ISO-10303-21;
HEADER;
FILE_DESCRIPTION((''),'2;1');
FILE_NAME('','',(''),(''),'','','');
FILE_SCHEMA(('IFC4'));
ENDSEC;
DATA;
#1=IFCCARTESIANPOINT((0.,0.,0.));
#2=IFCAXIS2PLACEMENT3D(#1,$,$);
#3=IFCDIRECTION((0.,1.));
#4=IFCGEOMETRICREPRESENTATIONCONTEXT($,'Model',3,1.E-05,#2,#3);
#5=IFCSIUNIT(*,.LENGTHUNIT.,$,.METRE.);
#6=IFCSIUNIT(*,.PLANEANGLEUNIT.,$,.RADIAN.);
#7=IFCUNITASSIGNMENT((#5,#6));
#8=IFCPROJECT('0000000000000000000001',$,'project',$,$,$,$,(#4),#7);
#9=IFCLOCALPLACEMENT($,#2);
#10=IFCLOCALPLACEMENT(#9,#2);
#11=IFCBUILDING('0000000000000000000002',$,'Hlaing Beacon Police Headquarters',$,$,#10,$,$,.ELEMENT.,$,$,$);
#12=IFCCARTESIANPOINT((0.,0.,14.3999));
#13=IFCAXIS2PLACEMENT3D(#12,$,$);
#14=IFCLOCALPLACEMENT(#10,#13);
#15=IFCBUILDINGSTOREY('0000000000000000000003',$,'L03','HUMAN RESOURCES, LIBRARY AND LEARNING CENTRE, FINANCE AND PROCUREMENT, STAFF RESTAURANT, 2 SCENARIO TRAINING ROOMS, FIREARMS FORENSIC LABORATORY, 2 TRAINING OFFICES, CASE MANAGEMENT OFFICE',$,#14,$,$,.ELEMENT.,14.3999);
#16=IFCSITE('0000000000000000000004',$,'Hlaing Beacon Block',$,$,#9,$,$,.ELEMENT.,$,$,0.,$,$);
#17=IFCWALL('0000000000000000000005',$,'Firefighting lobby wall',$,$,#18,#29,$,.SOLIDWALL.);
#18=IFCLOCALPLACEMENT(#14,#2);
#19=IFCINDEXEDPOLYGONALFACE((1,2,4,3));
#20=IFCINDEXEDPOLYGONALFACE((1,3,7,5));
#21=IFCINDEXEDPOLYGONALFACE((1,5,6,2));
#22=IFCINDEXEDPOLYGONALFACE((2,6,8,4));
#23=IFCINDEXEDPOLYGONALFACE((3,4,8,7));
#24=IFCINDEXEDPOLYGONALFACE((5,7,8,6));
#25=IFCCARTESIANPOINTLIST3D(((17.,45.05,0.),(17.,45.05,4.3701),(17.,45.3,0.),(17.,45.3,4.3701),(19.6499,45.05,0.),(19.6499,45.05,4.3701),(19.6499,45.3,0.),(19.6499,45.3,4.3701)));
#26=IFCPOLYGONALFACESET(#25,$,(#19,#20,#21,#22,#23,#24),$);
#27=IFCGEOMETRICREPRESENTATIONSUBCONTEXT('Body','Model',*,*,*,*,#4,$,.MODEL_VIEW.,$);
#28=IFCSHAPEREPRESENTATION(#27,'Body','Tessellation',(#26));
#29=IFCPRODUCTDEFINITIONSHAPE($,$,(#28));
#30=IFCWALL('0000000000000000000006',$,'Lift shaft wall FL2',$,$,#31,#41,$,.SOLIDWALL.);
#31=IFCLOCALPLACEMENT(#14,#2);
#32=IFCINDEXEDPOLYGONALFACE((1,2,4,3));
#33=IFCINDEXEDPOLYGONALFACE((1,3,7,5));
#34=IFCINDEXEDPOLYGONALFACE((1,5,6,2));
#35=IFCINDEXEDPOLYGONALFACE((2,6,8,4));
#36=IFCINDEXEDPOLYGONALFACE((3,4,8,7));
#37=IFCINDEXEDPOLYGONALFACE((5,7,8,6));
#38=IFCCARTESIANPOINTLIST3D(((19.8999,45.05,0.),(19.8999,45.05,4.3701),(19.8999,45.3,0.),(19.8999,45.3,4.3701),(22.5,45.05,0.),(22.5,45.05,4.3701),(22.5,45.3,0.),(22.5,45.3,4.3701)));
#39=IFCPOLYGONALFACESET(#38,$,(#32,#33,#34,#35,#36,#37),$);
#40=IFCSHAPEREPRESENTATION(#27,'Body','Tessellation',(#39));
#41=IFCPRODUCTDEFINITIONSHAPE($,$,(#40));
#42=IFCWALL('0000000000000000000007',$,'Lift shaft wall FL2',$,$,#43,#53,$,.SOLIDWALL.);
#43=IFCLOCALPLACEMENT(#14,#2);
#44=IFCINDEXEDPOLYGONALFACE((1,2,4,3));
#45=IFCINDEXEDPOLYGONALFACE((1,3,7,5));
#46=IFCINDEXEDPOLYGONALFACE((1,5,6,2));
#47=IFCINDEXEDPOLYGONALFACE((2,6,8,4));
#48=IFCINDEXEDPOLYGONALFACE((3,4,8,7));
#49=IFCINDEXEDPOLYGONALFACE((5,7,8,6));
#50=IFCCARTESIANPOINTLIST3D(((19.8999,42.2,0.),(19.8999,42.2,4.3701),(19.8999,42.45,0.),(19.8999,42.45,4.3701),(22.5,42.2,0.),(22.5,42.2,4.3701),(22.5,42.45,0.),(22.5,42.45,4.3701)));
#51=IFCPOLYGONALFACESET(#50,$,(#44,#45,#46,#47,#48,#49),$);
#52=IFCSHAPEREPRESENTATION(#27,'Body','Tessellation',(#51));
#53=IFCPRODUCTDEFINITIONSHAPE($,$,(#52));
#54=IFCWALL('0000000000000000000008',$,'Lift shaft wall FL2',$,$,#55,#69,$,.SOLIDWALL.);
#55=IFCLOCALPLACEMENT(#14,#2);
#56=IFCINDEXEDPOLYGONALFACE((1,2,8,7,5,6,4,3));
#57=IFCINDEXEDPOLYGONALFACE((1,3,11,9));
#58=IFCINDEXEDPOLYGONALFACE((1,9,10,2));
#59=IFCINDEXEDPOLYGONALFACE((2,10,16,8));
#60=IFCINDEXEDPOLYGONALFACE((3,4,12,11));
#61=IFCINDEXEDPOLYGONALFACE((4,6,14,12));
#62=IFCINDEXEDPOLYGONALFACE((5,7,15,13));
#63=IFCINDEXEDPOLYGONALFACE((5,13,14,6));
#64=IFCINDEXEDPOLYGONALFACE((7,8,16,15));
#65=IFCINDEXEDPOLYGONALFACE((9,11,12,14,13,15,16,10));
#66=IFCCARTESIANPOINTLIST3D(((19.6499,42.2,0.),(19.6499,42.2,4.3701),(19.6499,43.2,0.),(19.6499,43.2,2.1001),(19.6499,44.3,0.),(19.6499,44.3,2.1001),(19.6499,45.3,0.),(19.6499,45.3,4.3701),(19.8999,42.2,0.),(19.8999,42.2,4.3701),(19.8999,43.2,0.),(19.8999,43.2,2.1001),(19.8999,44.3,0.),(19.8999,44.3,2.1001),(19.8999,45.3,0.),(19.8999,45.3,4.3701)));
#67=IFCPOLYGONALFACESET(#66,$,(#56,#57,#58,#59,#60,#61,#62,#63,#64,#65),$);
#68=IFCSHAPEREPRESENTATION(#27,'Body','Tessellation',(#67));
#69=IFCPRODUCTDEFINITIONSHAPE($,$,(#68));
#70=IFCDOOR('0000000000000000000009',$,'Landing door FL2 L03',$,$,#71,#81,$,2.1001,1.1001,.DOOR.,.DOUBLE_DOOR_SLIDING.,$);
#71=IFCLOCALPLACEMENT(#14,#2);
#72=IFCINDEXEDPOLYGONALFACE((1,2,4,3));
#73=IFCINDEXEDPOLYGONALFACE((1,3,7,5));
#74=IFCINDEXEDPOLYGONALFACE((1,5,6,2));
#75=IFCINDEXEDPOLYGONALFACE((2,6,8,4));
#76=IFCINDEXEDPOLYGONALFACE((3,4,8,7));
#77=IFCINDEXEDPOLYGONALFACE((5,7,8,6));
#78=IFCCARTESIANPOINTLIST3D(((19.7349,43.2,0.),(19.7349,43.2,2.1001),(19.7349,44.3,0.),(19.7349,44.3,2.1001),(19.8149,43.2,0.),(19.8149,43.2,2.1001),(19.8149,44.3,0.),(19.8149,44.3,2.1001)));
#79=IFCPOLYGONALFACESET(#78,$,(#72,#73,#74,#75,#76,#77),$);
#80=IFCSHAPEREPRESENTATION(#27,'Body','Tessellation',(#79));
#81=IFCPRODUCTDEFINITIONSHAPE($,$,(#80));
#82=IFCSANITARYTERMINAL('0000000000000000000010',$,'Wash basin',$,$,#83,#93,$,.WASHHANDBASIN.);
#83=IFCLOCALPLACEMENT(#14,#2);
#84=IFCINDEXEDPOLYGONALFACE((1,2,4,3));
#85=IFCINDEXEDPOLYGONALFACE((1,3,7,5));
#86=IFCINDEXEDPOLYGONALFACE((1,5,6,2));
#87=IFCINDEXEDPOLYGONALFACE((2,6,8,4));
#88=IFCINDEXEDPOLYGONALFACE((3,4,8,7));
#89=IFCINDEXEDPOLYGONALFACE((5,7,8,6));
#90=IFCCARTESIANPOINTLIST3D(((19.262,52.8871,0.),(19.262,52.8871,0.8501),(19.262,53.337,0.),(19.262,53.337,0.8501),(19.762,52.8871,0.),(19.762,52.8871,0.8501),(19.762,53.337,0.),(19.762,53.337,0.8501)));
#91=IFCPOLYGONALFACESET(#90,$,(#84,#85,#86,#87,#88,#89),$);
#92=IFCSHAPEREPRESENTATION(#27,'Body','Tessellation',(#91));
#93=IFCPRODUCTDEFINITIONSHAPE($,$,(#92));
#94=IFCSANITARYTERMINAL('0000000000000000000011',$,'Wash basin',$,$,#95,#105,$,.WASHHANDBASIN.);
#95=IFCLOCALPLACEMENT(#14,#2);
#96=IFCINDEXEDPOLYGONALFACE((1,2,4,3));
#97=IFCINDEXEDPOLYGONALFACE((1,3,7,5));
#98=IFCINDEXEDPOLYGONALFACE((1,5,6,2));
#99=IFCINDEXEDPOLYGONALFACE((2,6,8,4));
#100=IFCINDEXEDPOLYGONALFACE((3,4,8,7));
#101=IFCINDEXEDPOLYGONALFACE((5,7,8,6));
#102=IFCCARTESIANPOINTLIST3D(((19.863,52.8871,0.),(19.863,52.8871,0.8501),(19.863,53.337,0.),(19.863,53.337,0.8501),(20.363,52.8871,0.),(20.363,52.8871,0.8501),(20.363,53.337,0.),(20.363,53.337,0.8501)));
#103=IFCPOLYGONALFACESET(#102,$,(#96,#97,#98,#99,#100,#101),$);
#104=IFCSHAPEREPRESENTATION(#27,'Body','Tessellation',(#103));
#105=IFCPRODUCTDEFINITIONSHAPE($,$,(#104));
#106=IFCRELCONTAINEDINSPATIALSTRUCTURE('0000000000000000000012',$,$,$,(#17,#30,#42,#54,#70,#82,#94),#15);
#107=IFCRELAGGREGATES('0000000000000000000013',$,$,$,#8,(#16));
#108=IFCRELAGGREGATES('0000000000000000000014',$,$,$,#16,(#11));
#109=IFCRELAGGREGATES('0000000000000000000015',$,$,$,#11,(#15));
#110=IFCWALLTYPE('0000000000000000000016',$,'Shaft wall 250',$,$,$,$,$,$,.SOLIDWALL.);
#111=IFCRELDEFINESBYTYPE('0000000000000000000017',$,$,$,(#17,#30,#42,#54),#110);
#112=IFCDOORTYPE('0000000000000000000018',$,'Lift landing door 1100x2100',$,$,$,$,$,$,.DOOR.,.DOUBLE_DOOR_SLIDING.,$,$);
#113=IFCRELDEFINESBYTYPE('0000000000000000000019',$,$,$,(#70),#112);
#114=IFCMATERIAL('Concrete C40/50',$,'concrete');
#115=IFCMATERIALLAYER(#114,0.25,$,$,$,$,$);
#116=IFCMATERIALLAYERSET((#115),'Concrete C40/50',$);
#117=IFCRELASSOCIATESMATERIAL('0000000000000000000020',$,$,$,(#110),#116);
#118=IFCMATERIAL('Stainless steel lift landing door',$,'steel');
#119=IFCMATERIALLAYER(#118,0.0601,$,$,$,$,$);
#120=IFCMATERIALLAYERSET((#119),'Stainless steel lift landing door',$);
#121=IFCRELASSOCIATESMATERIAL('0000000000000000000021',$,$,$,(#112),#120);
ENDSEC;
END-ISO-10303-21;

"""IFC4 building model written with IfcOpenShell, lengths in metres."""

from ifc_helpers import new_model, si_unit, direction, frame, frame_2d, origin, origin_2d, place, context, subcontext, project, spatial, rectangle, extrude, material, layer, layer_set, type_object, element, fill, save


model = new_model("IFC4")

# Units and contexts
model_context = context("Model", 3, precision=1e-05, world=origin(), true_north=direction((0.0, 1.0)))
body_context = subcontext(model_context, "Body", "Model", "MODEL_VIEW")
ifc_project = project(units=[si_unit("LENGTHUNIT", "METRE"), si_unit("PLANEANGLEUNIT", "RADIAN")], contexts=[model_context])

# Site, building, storey
site_placement = place(None, origin())
site = spatial("IfcSite", under=ifc_project, at=site_placement, Name="Hlaing Beacon Block", CompositionType="ELEMENT", RefElevation=0.0)
building_placement = place(site_placement, origin())
building = spatial("IfcBuilding", under=site, at=building_placement, Name="Hlaing Beacon Police Headquarters", CompositionType="ELEMENT")
storey_placement = place(building_placement, frame((0.0, 0.0, 14.3999)))
storey = spatial("IfcBuildingStorey", under=building, at=storey_placement, Name="L03", Description="HUMAN RESOURCES, LIBRARY AND LEARNING CENTRE, FINANCE AND PROCUREMENT, STAFF RESTAURANT, 2 SCENARIO TRAINING ROOMS, FIREARMS FORENSIC LABORATORY, 2 TRAINING OFFICES, CASE MANAGEMENT OFFICE", CompositionType="ELEMENT", Elevation=14.3999)

# Walls
ifc_material_1 = material(Name="Concrete C40/50", Category="concrete")
ifc_layer_1 = layer(ifc_material_1, 0.25)
ifc_layer_set_1 = layer_set([ifc_layer_1], Name="Concrete C40/50")
wall_type_1 = type_object("IfcWallType", Name="Shaft wall 250", PredefinedType="SOLIDWALL", material=ifc_layer_set_1)
wall_1_placement = place(storey_placement, frame((19.6499, 45.175, 0.0), z_axis=(0.0, 0.0, 1.0), x_axis=(-1.0, 0.0, 0.0)))
element("IfcWall", 1, at=wall_1_placement, inside=storey, type_object=wall_type_1, Name="Firefighting lobby wall", PredefinedType="SOLIDWALL", context=body_context, shape_type="SweptSolid", body=[
    extrude(rectangle(XDim=2.6499, YDim=0.25, at=frame_2d((1.325, 0.0))), origin(), (0.0, 0.0, 1.0), 4.3701),
])
for number, where, z_axis, x_axis, name in (
    (2, (19.8999, 45.175, 0.0), (0.0, 0.0, 1.0), (1.0, 0.0, 0.0), "Lift shaft wall FL2"),
    (3, (19.8999, 42.325, 0.0), (0.0, 0.0, 1.0), (1.0, 0.0, 0.0), "Lift shaft wall FL2"),
):
    element("IfcWall", number, at=place(storey_placement, frame(where, z_axis=z_axis, x_axis=x_axis)), inside=storey, type_object=wall_type_1, Name=name, PredefinedType="SOLIDWALL", context=body_context, shape_type="SweptSolid", body=[
        extrude(rectangle(XDim=2.6001, YDim=0.25, at=frame_2d((1.3, 0.0))), origin(), (0.0, 0.0, 1.0), 4.3701),
    ])

# Wall, opening, door
wall_2_placement = place(storey_placement, frame((19.7749, 42.2, 0.0), z_axis=(0.0, 0.0, 1.0), x_axis=(0.0, 1.0, 0.0)))
wall_2 = element("IfcWall", 4, at=wall_2_placement, inside=storey, type_object=wall_type_1, Name="Lift shaft wall FL2", PredefinedType="SOLIDWALL", context=body_context, shape_type="SweptSolid", body=[
    extrude(rectangle(XDim=3.1001, YDim=0.25, at=frame_2d((1.55, 0.0))), origin(), (0.0, 0.0, 1.0), 4.3701),
])
opening_1_placement = place(wall_2_placement, frame((1.0, 0.0, 0.0)))
opening_1 = element("IfcOpeningElement", 5, at=opening_1_placement, cuts=wall_2, PredefinedType="OPENING", context=body_context, shape_type="SweptSolid", body=[
    extrude(rectangle(XDim=1.1001, YDim=2.1001, at=frame_2d((0.55, 1.05))), frame((0.0, 0.135, 0.0), z_axis=(0.0, -1.0, 0.0), x_axis=(1.0, 0.0, 0.0)), (0.0, 0.0, 1.0), 0.27),
])
ifc_material_2 = material(Name="Stainless steel lift landing door", Category="steel")
ifc_layer_2 = layer(ifc_material_2, 0.0601)
ifc_layer_set_2 = layer_set([ifc_layer_2], Name="Stainless steel lift landing door")
door_type_1 = type_object("IfcDoorType", Name="Lift landing door 1100x2100", OperationType="DOUBLE_DOOR_SLIDING", PredefinedType="DOOR", material=ifc_layer_set_2)
door_1_placement = place(opening_1_placement, origin())
door_1 = element("IfcDoor", 6, at=door_1_placement, inside=storey, type_object=door_type_1, Name="Landing door FL2 L03", OperationType="DOUBLE_DOOR_SLIDING", OverallHeight=2.1001, OverallWidth=1.1001, PredefinedType="DOOR", context=body_context, shape_type="SweptSolid", body=[
    extrude(rectangle(XDim=1.1001, YDim=2.1001, at=frame_2d((0.55, 1.05))), frame((0.0, 0.04, 0.0), z_axis=(0.0, -1.0, 0.0), x_axis=(1.0, 0.0, 0.0)), (0.0, 0.0, 1.0), 0.0801),
])
fill(opening_1, door_1)

# Sanitary terminals
for number, where, z_axis, x_axis, name in (
    (7, (19.512, 53.1121, 0.0), (0.0, 0.0, 1.0), (1.0, 0.0, 0.0), "Wash basin"),
    (8, (20.113, 53.1121, 0.0), (0.0, 0.0, 1.0), (1.0, 0.0, 0.0), "Wash basin"),
):
    element("IfcSanitaryTerminal", number, at=place(storey_placement, frame(where, z_axis=z_axis, x_axis=x_axis)), inside=storey, Name=name, PredefinedType="WASHHANDBASIN", context=body_context, shape_type="SweptSolid", body=[
        extrude(rectangle(XDim=0.5, YDim=0.45, at=origin_2d()), origin(), (0.0, 0.0, 1.0), 0.8501),
    ])

save(model, "model.ifc")
